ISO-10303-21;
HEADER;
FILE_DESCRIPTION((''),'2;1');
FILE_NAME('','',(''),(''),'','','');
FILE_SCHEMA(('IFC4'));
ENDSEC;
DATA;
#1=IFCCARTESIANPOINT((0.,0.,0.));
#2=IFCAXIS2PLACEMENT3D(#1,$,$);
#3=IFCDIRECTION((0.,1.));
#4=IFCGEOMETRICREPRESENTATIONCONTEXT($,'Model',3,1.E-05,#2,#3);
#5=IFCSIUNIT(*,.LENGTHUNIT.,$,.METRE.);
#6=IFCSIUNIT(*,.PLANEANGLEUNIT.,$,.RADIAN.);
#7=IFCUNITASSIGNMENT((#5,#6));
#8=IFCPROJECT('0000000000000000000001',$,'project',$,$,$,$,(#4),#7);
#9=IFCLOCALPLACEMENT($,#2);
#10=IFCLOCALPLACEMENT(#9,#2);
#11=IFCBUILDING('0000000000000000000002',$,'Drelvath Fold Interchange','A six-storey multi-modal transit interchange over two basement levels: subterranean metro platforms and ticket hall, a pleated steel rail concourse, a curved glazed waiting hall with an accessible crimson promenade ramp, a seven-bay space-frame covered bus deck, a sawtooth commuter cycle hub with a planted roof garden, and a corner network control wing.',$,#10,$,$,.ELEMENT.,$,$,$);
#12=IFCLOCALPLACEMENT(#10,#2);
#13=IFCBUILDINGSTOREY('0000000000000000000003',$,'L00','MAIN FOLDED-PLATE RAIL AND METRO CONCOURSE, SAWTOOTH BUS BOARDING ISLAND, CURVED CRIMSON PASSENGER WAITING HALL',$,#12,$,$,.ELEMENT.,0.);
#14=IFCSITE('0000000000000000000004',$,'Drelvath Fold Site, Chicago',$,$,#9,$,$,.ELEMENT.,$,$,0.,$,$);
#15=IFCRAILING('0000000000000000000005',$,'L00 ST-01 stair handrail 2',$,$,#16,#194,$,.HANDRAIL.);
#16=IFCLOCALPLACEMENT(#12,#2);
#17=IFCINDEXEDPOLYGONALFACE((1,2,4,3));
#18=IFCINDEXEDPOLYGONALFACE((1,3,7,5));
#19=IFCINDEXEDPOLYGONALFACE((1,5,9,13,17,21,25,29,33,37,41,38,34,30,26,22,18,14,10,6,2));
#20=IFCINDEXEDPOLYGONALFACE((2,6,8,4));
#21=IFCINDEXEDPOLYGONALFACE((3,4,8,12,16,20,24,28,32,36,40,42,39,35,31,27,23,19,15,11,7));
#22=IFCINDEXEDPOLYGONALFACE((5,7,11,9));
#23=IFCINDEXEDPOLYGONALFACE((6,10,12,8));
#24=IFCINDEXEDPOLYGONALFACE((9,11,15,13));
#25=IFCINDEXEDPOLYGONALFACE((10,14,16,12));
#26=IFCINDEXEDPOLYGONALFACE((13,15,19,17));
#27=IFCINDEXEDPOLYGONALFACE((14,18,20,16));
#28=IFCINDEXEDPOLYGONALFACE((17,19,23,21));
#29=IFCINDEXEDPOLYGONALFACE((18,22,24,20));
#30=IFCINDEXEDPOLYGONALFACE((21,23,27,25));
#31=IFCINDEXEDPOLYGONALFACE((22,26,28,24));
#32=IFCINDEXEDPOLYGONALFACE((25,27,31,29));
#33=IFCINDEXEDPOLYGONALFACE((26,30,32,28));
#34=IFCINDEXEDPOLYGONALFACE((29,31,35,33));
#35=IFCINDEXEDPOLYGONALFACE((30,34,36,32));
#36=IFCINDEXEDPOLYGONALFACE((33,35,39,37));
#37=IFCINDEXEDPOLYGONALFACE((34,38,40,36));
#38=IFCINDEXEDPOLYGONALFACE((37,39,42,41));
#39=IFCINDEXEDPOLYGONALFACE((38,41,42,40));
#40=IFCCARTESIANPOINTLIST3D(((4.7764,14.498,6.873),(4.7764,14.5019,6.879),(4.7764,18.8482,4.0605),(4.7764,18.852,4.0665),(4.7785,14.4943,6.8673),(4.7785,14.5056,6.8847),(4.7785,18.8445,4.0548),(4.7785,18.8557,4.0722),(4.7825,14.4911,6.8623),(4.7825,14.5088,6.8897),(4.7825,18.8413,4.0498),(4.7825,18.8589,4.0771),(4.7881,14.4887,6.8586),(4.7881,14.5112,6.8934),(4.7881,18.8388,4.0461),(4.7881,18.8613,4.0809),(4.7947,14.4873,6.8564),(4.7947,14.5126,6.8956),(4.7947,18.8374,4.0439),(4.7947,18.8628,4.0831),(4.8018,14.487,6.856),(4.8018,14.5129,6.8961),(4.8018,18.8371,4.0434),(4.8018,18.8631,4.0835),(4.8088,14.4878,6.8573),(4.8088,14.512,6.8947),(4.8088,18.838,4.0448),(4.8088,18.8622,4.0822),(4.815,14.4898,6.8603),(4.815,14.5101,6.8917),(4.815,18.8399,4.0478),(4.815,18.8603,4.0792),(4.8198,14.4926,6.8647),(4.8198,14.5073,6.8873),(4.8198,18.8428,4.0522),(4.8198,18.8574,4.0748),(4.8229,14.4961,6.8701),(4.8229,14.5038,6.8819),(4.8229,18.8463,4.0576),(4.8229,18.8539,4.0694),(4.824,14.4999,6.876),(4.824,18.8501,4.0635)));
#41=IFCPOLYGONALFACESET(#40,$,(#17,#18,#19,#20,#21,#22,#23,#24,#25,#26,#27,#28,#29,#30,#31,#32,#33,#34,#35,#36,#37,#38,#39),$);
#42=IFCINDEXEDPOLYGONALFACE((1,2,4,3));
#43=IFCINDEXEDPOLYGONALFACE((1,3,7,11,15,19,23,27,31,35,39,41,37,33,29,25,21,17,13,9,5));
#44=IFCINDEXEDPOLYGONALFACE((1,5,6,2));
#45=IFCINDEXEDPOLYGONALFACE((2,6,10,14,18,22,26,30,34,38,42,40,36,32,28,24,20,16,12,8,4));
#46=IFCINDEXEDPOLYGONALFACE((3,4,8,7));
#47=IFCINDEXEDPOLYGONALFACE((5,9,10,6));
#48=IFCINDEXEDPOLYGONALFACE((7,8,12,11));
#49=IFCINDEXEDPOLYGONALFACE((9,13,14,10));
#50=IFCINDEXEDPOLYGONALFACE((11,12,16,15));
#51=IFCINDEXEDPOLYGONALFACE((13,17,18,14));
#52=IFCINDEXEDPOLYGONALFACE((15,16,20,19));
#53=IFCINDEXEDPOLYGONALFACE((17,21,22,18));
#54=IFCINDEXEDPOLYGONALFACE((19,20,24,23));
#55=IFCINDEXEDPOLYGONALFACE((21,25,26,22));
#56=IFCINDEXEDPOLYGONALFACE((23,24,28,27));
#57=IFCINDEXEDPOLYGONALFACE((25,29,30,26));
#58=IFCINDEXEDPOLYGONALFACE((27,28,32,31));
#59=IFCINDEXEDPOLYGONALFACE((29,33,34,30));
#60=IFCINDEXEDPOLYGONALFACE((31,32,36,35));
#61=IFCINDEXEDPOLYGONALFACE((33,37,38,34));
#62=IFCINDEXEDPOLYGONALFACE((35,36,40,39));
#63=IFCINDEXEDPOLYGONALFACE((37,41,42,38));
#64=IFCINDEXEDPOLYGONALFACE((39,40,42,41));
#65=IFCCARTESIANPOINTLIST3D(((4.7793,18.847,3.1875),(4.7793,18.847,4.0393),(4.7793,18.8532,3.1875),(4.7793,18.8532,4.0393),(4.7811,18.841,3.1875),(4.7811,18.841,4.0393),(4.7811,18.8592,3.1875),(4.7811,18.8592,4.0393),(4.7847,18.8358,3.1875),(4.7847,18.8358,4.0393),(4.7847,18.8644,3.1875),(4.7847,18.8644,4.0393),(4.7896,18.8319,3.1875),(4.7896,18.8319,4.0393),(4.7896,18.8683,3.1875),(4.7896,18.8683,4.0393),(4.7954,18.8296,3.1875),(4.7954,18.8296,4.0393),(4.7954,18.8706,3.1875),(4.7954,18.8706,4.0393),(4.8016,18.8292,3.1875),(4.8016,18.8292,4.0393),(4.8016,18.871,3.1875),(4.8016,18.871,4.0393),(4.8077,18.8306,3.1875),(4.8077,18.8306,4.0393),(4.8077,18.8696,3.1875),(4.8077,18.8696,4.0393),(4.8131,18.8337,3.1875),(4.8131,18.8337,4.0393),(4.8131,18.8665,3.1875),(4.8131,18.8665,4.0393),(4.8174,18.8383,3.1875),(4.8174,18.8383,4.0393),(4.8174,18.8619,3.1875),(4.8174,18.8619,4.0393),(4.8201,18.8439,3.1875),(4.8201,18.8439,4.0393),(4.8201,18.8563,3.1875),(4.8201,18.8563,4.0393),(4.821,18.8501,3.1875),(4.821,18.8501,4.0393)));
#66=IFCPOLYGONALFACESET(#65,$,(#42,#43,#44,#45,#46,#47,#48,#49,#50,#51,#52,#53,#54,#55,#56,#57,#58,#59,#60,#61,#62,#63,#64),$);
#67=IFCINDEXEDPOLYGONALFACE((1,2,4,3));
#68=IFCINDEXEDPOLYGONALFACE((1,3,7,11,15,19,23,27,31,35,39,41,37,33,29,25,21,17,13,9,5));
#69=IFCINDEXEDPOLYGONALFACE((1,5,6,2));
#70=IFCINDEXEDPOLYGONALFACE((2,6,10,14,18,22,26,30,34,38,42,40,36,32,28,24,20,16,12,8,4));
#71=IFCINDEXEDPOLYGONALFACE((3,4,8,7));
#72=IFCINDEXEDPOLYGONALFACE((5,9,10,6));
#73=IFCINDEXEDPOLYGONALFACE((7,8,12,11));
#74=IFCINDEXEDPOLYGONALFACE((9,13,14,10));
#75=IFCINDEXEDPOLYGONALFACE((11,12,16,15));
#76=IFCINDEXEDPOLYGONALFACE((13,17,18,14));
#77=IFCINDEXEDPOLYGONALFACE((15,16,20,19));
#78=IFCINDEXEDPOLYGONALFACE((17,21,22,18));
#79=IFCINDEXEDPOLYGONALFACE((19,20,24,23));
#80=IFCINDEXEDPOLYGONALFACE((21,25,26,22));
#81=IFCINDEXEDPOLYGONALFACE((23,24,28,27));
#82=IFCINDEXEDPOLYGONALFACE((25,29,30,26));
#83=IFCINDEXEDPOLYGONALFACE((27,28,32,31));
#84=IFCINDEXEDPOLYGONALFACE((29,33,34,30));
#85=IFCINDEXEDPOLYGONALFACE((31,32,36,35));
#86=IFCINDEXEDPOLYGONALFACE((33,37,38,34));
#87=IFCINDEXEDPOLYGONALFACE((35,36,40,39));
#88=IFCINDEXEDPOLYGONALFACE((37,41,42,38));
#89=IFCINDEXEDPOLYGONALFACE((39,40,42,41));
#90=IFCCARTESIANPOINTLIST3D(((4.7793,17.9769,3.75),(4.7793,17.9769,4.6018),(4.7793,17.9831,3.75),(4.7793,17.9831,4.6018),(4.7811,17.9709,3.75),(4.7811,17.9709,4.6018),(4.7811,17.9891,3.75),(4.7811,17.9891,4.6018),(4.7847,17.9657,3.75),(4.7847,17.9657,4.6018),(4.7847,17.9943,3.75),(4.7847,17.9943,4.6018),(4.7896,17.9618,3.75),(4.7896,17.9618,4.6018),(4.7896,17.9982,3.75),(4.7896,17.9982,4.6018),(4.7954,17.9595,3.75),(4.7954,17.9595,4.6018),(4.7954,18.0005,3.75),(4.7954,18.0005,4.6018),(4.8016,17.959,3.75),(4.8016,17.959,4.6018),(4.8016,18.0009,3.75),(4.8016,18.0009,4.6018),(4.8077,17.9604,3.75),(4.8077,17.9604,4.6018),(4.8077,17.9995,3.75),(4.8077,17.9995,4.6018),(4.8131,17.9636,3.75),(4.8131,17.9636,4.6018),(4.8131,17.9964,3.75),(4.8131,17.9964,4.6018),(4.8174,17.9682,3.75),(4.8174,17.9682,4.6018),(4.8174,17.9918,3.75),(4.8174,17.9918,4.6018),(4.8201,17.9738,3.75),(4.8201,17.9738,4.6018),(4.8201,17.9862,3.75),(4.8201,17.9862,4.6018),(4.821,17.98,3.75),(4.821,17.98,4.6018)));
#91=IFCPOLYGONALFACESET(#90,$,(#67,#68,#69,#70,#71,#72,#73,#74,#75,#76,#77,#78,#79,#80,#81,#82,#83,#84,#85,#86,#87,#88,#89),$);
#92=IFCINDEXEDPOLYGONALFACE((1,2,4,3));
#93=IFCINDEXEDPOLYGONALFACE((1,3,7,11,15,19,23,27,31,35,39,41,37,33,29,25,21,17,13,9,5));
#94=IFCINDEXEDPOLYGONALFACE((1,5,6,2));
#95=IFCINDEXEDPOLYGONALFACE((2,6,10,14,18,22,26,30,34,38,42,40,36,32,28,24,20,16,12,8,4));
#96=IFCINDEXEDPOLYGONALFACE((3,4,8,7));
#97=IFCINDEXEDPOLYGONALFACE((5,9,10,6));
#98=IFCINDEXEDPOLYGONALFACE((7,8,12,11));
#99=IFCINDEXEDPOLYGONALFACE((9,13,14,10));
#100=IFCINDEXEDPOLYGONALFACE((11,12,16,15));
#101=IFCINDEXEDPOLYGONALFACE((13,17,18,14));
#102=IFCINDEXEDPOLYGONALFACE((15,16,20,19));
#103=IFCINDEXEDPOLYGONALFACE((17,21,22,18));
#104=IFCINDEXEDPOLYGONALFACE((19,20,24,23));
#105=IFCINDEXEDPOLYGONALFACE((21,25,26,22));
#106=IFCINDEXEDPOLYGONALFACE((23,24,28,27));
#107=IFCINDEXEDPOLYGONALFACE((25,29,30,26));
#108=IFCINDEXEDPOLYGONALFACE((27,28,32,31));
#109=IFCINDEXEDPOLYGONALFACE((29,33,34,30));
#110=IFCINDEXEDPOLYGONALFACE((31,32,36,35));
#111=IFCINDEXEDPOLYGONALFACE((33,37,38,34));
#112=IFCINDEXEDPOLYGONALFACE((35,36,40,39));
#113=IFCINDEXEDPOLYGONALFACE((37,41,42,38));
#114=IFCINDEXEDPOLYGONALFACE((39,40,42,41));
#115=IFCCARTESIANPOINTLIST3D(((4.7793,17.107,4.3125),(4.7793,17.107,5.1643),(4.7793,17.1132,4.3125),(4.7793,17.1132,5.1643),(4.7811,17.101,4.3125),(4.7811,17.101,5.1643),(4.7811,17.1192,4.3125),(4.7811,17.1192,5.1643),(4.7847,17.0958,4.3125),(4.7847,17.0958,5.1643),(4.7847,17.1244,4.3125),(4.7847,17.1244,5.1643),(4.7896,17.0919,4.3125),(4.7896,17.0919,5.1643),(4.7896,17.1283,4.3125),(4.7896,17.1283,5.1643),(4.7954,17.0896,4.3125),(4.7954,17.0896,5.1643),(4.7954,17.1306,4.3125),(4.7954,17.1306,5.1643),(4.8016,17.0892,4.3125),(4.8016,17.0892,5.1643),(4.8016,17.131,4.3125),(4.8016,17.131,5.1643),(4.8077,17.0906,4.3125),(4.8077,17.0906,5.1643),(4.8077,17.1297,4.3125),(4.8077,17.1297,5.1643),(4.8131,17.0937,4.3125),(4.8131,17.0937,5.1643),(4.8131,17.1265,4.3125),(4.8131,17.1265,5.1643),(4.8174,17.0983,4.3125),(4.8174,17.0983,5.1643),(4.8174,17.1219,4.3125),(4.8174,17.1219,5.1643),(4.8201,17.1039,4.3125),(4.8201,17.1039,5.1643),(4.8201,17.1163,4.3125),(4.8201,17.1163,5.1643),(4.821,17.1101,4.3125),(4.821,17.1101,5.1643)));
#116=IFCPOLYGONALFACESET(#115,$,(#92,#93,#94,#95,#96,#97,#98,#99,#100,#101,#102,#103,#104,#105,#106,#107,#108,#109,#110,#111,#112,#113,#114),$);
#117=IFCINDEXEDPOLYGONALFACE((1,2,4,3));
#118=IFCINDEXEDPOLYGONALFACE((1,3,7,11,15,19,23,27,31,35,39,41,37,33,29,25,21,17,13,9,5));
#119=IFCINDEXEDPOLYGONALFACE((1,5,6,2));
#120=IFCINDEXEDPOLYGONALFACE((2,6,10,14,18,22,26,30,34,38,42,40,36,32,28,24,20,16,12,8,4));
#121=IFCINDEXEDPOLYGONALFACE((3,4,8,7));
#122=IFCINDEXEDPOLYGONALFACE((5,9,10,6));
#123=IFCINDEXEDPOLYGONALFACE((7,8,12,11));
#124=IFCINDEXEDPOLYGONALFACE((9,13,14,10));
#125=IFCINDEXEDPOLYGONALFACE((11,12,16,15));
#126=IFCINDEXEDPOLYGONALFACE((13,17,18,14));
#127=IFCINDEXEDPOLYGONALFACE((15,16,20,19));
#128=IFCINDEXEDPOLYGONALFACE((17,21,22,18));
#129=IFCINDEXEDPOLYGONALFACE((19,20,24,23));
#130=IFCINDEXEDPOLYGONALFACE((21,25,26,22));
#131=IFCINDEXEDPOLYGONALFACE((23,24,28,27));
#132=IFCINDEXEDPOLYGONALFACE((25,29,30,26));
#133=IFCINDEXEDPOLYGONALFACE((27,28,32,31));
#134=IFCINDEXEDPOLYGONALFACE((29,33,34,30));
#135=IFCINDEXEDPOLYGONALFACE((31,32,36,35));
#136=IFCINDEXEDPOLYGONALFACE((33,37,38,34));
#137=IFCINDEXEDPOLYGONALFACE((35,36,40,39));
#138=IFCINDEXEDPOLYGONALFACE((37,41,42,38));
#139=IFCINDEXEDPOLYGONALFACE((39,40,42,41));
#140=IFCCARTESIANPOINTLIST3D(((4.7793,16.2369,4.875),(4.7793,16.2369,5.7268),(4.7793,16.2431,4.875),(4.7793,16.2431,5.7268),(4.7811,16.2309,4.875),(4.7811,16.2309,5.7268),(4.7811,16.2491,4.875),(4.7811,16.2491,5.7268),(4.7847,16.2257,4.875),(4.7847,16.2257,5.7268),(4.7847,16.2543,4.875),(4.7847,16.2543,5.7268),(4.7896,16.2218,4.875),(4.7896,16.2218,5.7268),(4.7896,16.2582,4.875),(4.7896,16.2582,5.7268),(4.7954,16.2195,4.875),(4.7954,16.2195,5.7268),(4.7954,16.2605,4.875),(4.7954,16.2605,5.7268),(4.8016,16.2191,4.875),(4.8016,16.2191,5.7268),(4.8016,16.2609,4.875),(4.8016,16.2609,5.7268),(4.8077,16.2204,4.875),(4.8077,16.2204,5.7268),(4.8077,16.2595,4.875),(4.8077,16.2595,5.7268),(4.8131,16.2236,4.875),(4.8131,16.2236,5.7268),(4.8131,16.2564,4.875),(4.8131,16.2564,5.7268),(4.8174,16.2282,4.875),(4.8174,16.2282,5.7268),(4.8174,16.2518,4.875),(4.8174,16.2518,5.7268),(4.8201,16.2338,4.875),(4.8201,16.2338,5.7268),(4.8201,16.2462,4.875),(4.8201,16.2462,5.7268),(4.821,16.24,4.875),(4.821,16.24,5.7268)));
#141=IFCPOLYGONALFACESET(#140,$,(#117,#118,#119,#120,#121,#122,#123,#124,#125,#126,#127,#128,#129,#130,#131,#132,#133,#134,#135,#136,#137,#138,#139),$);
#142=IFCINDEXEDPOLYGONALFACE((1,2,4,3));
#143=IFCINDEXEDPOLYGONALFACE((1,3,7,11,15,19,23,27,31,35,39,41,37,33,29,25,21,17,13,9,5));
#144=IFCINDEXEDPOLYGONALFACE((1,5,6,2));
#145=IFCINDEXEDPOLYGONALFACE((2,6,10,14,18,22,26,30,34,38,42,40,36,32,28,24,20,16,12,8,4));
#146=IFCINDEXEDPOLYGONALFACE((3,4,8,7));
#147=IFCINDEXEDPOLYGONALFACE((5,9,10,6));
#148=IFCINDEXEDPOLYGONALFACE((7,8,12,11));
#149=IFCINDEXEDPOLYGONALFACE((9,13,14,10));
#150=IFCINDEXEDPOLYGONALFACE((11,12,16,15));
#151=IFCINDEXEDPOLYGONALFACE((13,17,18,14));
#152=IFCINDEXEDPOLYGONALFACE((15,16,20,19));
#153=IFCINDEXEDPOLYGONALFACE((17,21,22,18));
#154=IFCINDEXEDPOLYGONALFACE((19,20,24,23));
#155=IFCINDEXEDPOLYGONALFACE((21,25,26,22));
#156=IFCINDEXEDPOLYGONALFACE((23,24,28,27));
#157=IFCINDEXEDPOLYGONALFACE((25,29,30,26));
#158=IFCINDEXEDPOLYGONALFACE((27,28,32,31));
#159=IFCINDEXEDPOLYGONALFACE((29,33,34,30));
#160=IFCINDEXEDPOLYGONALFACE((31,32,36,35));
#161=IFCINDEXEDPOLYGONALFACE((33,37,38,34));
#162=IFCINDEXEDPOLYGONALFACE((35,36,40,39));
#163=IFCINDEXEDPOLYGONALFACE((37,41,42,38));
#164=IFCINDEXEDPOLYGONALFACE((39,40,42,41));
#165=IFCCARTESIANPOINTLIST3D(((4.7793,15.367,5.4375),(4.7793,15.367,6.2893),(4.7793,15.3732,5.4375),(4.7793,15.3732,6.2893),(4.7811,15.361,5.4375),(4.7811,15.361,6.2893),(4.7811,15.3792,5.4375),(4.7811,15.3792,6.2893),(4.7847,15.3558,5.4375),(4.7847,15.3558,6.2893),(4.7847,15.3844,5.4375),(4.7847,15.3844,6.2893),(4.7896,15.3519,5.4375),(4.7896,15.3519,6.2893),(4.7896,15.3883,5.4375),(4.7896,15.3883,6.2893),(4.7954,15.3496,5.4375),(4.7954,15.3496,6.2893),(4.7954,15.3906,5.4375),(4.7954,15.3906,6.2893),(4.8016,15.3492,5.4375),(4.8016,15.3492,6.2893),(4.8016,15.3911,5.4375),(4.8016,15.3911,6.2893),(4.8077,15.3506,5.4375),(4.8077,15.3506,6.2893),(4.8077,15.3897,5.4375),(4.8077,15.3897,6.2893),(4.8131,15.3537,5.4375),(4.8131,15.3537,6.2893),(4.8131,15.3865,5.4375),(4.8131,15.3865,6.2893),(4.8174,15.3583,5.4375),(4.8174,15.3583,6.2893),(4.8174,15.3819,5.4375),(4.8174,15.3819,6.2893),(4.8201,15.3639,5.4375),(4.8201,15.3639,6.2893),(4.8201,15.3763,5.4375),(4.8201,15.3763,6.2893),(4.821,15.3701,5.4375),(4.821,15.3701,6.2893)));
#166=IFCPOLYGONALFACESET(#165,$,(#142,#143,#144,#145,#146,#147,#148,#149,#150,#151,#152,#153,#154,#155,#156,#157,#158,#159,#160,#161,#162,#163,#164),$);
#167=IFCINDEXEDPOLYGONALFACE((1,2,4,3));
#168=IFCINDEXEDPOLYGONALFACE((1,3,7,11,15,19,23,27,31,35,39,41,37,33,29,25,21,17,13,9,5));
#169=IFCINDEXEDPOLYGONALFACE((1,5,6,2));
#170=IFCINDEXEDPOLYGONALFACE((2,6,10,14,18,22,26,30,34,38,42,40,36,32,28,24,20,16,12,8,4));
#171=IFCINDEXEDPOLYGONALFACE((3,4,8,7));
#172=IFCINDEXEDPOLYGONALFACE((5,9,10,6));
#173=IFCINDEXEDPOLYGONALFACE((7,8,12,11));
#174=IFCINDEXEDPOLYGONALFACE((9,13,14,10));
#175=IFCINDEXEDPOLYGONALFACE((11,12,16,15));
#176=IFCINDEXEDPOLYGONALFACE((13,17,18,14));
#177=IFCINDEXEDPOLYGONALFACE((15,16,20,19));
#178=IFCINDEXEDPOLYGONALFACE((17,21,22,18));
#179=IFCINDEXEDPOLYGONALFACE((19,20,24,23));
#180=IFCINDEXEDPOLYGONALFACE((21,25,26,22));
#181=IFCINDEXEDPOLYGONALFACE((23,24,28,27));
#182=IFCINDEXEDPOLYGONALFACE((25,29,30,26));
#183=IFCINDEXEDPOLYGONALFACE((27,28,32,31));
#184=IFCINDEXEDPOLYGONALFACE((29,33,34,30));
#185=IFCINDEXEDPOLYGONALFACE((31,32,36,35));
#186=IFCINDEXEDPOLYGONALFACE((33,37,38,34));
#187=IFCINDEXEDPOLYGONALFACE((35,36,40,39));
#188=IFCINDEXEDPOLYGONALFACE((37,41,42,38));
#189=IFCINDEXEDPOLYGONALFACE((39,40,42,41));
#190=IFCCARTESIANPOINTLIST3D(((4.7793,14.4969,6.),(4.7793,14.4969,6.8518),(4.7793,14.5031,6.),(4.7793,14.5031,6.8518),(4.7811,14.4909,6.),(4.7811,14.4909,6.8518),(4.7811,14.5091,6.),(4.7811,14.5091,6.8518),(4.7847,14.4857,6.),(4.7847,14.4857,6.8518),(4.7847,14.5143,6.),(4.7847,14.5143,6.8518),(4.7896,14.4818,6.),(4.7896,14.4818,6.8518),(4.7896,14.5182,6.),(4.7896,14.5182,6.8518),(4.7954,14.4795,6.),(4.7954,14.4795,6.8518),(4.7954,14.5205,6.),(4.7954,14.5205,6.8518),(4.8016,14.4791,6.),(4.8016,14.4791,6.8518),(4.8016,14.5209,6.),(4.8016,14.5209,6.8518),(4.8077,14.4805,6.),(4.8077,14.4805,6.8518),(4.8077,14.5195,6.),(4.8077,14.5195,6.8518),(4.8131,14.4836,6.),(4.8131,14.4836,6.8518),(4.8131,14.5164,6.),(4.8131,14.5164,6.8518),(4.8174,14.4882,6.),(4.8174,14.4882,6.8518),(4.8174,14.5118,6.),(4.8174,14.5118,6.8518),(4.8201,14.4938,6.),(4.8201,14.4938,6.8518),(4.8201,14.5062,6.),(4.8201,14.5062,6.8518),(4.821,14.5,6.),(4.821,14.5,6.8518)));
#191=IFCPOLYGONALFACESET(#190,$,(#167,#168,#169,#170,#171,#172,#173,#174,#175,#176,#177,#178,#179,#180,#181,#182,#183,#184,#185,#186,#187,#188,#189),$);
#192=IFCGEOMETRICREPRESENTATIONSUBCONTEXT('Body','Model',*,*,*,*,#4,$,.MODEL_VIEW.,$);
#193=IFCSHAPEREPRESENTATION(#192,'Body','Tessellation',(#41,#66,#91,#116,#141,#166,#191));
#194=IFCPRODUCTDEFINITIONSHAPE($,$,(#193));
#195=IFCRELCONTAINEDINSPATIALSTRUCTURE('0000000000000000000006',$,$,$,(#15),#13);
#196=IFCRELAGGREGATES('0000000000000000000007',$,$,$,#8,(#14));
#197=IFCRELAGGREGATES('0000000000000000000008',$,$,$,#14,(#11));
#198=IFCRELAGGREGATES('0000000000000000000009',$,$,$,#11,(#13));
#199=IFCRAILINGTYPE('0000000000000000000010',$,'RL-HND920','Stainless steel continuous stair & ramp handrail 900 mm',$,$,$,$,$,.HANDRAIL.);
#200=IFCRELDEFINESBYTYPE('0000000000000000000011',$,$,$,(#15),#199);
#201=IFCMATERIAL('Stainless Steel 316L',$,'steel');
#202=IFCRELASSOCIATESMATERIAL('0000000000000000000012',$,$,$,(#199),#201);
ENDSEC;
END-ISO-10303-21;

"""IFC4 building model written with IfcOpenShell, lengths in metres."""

from ifc_helpers import new_model, si_unit, direction, frame, origin, origin_2d, place, context, subcontext, project, spatial, circle, extrude, material, type_object, element, save


model = new_model("IFC4")

# Units and contexts
model_context = context("Model", 3, precision=1e-05, world=origin(), true_north=direction((0.0, 1.0)))
body_context = subcontext(model_context, "Body", "Model", "MODEL_VIEW")
ifc_project = project(units=[si_unit("LENGTHUNIT", "METRE"), si_unit("PLANEANGLEUNIT", "RADIAN")], contexts=[model_context])

# Site, building, storey
site_placement = place(None, origin())
site = spatial("IfcSite", under=ifc_project, at=site_placement, Name="Drelvath Fold Site, Chicago", CompositionType="ELEMENT", RefElevation=0.0)
building_placement = place(site_placement, origin())
building = spatial("IfcBuilding", under=site, at=building_placement, Name="Drelvath Fold Interchange", Description="A six-storey multi-modal transit interchange over two basement levels: subterranean metro platforms and ticket hall, a pleated steel rail concourse, a curved glazed waiting hall with an accessible crimson promenade ramp, a seven-bay space-frame covered bus deck, a sawtooth commuter cycle hub with a planted roof garden, and a corner network control wing.", CompositionType="ELEMENT")
storey_placement = place(building_placement, origin())
storey = spatial("IfcBuildingStorey", under=building, at=storey_placement, Name="L00", Description="MAIN FOLDED-PLATE RAIL AND METRO CONCOURSE, SAWTOOTH BUS BOARDING ISLAND, CURVED CRIMSON PASSENGER WAITING HALL", CompositionType="ELEMENT", Elevation=0.0)

# Railing
ifc_material_1 = material(Name="Stainless Steel 316L", Category="steel")
railing_type_1 = type_object("IfcRailingType", Name="RL-HND920", Description="Stainless steel continuous stair & ramp handrail 900 mm", PredefinedType="HANDRAIL", material=ifc_material_1)
railing_1_placement = place(storey_placement, frame((4.8, 18.8501, 3.1875)))
element("IfcRailing", 1, at=railing_1_placement, inside=storey, type_object=railing_type_1, Name="L00 ST-01 stair handrail 2", PredefinedType="HANDRAIL", context=body_context, shape_type="SweptSolid", body=[
    extrude(circle(Radius=0.0239, at=origin_2d()), frame((0.0, 0.0, 0.876), z_axis=(0.0, -0.83977, 0.542942), x_axis=(1.0, 0.0, 0.0)), (0.0, 0.0, 1.0), 5.1802),
    extrude(circle(Radius=0.021, at=origin_2d()), origin(), (0.0, 0.0, 1.0), 0.8518),
    extrude(circle(Radius=0.021, at=origin_2d()), frame((0.0, -0.8701, 0.5625)), (0.0, 0.0, 1.0), 0.8518),
    extrude(circle(Radius=0.021, at=origin_2d()), frame((0.0, -1.74, 1.125)), (0.0, 0.0, 1.0), 0.8518),
    extrude(circle(Radius=0.021, at=origin_2d()), frame((0.0, -2.6101, 1.6875)), (0.0, 0.0, 1.0), 0.8518),
    extrude(circle(Radius=0.021, at=origin_2d()), frame((0.0, -3.48, 2.25)), (0.0, 0.0, 1.0), 0.8518),
    extrude(circle(Radius=0.021, at=origin_2d()), frame((0.0, -4.3501, 2.8125)), (0.0, 0.0, 1.0), 0.8518),
])

save(model, "model.ifc")
